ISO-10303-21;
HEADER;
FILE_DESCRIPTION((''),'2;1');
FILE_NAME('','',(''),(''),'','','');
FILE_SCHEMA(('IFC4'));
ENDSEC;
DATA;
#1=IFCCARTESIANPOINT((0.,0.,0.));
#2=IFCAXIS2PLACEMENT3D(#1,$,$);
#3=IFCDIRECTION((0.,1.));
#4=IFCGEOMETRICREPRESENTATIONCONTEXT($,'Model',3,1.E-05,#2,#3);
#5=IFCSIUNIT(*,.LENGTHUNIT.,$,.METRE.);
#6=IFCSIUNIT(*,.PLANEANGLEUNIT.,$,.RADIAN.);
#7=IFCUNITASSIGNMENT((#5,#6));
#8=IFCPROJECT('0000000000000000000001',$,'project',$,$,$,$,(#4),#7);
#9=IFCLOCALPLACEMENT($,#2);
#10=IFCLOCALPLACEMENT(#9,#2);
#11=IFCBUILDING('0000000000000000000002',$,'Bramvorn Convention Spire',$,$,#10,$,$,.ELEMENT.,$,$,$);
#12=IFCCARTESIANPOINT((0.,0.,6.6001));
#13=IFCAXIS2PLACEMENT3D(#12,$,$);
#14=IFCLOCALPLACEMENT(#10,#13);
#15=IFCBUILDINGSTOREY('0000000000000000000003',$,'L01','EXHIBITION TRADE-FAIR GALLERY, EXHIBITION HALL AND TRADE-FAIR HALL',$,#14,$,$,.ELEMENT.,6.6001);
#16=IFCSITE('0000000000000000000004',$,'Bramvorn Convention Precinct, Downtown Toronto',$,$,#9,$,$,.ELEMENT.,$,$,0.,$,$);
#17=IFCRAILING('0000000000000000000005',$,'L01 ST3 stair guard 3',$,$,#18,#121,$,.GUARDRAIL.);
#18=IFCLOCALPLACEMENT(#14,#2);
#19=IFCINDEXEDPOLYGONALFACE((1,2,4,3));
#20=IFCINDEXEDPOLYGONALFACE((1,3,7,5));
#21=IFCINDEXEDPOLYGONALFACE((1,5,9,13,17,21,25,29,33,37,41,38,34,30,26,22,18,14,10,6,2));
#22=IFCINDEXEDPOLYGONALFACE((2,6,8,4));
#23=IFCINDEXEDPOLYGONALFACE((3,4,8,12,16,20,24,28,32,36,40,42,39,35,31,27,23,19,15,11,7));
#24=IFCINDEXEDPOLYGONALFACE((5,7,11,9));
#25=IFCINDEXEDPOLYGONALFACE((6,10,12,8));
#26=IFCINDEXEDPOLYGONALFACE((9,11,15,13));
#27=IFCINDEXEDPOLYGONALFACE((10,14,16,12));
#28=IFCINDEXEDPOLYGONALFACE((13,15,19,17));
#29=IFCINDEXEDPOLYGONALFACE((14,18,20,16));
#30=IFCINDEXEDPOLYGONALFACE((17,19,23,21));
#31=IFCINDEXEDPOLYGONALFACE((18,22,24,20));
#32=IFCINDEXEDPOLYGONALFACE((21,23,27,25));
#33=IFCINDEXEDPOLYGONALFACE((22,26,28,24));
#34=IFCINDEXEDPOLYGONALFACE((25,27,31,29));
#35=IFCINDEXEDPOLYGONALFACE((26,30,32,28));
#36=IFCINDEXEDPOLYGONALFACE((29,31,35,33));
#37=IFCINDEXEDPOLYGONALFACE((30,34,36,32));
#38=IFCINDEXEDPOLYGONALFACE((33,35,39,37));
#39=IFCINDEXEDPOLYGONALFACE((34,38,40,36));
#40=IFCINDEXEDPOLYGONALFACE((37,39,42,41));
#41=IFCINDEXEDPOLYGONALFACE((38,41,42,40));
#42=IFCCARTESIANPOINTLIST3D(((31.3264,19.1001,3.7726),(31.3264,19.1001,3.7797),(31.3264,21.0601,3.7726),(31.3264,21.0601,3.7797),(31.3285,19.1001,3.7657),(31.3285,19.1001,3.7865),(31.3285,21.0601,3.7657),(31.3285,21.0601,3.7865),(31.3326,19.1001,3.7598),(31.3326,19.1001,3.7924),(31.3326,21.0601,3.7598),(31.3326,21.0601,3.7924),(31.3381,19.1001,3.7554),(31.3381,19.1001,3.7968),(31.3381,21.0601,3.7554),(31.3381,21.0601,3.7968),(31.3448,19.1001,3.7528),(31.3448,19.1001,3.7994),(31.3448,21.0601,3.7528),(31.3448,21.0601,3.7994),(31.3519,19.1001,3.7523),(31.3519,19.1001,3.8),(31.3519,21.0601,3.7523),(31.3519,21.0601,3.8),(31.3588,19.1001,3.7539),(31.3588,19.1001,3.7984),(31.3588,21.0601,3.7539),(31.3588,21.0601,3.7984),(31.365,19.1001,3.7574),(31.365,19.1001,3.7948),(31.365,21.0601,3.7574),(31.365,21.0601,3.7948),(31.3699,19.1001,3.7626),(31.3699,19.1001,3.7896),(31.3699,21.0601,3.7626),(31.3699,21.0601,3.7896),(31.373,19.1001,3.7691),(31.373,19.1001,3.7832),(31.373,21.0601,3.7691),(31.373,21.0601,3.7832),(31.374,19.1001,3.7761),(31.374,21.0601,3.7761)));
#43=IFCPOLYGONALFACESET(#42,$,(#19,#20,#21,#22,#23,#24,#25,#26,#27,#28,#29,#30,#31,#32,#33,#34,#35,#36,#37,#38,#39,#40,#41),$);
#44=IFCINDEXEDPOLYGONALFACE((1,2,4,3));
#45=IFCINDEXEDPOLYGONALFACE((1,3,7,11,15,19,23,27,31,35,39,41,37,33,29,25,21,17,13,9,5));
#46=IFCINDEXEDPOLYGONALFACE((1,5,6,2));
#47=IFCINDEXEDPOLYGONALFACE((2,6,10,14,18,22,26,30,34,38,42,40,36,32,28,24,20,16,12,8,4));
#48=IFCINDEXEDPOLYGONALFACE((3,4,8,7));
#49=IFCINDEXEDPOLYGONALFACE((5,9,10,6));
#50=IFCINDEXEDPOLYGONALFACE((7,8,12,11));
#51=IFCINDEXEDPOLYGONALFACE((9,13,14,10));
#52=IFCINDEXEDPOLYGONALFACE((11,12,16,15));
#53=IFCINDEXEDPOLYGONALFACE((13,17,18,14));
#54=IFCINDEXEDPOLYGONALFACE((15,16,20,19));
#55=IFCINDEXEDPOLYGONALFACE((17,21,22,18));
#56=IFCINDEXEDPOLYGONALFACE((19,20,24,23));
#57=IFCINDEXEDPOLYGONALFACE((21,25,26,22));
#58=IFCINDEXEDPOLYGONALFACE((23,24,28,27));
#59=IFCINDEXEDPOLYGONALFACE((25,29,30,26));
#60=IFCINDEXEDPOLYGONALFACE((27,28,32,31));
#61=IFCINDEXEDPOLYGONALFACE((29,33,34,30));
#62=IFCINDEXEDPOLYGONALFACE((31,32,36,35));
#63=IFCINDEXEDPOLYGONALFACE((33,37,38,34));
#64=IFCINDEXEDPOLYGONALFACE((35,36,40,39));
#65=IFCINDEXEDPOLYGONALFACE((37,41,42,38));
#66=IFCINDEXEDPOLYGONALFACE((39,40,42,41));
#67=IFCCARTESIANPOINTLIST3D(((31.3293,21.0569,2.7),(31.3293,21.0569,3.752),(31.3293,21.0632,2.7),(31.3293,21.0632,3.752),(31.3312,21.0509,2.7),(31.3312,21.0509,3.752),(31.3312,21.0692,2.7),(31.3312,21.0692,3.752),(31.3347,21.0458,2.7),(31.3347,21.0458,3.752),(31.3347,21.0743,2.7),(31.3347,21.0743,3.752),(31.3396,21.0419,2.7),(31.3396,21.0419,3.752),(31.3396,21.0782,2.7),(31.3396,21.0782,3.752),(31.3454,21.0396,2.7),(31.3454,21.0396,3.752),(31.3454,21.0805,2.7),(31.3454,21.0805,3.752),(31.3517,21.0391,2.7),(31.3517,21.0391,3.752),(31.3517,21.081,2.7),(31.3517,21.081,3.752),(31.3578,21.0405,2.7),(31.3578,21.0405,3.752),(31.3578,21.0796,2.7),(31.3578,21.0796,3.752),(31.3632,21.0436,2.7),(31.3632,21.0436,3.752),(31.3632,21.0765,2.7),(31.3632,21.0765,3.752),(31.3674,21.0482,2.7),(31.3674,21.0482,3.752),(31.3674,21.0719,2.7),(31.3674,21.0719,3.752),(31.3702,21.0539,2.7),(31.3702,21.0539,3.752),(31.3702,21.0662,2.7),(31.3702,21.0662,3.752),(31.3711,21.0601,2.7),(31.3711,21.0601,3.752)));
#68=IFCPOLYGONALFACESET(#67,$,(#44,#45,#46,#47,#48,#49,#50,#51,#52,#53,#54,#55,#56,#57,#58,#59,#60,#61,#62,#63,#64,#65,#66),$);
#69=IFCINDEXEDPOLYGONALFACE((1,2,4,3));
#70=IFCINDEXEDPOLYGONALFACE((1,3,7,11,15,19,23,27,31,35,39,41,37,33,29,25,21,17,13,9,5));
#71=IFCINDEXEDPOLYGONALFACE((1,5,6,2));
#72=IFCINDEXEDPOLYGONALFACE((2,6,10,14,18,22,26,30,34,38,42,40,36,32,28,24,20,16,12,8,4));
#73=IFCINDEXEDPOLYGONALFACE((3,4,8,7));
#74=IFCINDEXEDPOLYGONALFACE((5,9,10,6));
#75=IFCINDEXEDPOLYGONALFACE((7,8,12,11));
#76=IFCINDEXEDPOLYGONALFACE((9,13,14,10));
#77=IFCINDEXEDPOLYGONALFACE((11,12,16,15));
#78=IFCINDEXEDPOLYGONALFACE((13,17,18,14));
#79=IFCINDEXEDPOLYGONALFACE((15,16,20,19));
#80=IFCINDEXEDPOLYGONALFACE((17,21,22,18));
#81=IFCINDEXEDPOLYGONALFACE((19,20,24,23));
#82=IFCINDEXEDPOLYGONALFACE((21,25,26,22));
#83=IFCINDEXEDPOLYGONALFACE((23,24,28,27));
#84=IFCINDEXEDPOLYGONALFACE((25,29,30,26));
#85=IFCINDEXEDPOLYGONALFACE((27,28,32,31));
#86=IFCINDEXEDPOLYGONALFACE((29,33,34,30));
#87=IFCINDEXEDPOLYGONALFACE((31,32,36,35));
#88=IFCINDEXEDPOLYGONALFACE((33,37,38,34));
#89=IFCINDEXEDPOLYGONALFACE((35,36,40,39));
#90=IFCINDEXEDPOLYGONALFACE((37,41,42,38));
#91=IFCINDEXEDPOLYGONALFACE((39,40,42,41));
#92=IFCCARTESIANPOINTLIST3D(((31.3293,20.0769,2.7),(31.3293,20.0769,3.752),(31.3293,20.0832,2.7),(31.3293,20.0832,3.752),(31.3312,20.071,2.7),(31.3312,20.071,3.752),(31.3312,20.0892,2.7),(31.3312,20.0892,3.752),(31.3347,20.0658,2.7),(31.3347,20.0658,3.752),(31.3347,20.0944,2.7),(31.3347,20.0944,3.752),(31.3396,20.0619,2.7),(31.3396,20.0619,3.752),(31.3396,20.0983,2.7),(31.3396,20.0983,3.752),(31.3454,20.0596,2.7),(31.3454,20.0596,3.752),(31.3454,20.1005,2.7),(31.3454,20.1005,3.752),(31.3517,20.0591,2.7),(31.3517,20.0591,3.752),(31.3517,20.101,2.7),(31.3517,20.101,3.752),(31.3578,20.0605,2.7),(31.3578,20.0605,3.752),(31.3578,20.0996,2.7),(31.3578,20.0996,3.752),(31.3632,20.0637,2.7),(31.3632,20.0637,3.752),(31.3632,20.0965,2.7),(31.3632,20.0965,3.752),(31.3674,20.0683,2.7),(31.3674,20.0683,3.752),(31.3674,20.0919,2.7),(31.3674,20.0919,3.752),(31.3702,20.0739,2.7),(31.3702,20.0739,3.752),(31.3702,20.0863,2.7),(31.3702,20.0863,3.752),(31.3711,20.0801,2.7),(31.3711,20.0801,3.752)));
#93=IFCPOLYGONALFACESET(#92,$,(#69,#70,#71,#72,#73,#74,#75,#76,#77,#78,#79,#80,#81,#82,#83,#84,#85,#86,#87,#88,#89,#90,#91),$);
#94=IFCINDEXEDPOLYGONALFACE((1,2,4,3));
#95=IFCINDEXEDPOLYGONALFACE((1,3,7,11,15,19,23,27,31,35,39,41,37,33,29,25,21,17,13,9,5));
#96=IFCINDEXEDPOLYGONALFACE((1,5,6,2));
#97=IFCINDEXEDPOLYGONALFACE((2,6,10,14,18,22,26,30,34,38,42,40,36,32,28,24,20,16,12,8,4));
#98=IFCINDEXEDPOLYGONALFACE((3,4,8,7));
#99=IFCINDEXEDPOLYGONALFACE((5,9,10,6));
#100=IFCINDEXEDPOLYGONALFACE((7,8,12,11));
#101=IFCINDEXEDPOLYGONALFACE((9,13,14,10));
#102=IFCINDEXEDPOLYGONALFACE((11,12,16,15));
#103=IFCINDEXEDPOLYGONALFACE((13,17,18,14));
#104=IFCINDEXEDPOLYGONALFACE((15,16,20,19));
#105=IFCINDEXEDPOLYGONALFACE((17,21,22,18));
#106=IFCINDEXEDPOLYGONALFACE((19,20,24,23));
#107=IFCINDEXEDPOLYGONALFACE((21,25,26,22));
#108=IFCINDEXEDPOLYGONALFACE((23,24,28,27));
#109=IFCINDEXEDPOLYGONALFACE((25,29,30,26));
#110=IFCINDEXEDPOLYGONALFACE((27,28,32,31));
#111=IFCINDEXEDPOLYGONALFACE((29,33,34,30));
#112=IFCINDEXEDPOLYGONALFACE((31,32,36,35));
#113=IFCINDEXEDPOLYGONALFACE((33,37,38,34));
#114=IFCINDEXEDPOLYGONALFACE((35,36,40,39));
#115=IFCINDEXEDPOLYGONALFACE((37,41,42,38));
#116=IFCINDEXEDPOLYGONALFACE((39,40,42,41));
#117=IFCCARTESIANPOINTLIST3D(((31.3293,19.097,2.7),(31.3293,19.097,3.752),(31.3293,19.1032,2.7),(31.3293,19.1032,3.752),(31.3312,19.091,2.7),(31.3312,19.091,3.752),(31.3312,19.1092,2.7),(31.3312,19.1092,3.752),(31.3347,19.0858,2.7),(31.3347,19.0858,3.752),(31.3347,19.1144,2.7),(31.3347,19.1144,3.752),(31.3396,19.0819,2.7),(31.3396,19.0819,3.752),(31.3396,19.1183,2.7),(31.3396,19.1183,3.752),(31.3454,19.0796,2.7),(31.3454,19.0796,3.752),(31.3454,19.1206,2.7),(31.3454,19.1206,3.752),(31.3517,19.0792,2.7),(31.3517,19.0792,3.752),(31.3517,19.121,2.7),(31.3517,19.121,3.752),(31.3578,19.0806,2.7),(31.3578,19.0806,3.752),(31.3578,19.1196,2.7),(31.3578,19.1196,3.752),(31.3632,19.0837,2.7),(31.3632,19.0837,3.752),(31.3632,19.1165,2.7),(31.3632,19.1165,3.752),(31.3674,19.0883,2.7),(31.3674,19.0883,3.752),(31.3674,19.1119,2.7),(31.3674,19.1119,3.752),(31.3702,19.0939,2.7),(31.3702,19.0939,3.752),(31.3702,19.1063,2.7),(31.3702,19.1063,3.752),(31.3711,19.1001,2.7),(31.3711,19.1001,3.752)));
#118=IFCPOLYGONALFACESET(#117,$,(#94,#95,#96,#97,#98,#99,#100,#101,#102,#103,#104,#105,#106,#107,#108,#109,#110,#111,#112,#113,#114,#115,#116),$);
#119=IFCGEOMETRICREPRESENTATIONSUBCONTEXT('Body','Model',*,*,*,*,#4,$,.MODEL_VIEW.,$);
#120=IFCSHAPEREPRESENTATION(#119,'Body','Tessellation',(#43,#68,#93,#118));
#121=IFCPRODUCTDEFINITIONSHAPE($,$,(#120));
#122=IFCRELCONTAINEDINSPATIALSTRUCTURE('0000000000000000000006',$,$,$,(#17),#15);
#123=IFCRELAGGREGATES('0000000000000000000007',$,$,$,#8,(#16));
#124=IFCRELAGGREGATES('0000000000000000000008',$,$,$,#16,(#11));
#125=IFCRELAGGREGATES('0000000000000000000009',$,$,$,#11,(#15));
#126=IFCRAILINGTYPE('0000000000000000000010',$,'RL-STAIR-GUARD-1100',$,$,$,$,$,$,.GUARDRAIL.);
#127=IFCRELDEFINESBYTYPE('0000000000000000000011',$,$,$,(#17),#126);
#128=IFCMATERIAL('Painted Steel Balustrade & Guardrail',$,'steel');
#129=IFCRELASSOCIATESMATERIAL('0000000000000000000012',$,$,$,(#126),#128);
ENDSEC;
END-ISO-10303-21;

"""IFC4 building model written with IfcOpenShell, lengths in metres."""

from ifc_helpers import new_model, si_unit, direction, frame, origin, origin_2d, place, context, subcontext, project, spatial, circle, extrude, material, type_object, element, save


model = new_model("IFC4")

# Units and contexts
model_context = context("Model", 3, precision=1e-05, world=origin(), true_north=direction((0.0, 1.0)))
body_context = subcontext(model_context, "Body", "Model", "MODEL_VIEW")
ifc_project = project(units=[si_unit("LENGTHUNIT", "METRE"), si_unit("PLANEANGLEUNIT", "RADIAN")], contexts=[model_context])

# Site, building, storey
site_placement = place(None, origin())
site = spatial("IfcSite", under=ifc_project, at=site_placement, Name="Bramvorn Convention Precinct, Downtown Toronto", CompositionType="ELEMENT", RefElevation=0.0)
building_placement = place(site_placement, origin())
building = spatial("IfcBuilding", under=site, at=building_placement, Name="Bramvorn Convention Spire", CompositionType="ELEMENT")
storey_placement = place(building_placement, frame((0.0, 0.0, 6.6001)))
storey = spatial("IfcBuildingStorey", under=building, at=storey_placement, Name="L01", Description="EXHIBITION TRADE-FAIR GALLERY, EXHIBITION HALL AND TRADE-FAIR HALL", CompositionType="ELEMENT", Elevation=6.6001)

# Railing
ifc_material_1 = material(Name="Painted Steel Balustrade & Guardrail", Category="steel")
railing_type_1 = type_object("IfcRailingType", Name="RL-STAIR-GUARD-1100", PredefinedType="GUARDRAIL", material=ifc_material_1)
railing_1_placement = place(storey_placement, frame((31.3501, 21.0601, 2.7)))
element("IfcRailing", 1, at=railing_1_placement, inside=storey, type_object=railing_type_1, Name="L01 ST3 stair guard 3", PredefinedType="GUARDRAIL", context=body_context, shape_type="SweptSolid", body=[
    extrude(circle(Radius=0.0239, at=origin_2d()), frame((0.0, 0.0, 1.0762), z_axis=(0.0, -1.0, 0.0), x_axis=(1.0, 0.0, 0.0)), (0.0, 0.0, 1.0), 1.96),
    extrude(circle(Radius=0.021, at=origin_2d()), origin(), (0.0, 0.0, 1.0), 1.052),
    extrude(circle(Radius=0.021, at=origin_2d()), frame((0.0, -0.98, 0.0)), (0.0, 0.0, 1.0), 1.052),
    extrude(circle(Radius=0.021, at=origin_2d()), frame((0.0, -1.96, 0.0)), (0.0, 0.0, 1.0), 1.052),
])

save(model, "model.ifc")
